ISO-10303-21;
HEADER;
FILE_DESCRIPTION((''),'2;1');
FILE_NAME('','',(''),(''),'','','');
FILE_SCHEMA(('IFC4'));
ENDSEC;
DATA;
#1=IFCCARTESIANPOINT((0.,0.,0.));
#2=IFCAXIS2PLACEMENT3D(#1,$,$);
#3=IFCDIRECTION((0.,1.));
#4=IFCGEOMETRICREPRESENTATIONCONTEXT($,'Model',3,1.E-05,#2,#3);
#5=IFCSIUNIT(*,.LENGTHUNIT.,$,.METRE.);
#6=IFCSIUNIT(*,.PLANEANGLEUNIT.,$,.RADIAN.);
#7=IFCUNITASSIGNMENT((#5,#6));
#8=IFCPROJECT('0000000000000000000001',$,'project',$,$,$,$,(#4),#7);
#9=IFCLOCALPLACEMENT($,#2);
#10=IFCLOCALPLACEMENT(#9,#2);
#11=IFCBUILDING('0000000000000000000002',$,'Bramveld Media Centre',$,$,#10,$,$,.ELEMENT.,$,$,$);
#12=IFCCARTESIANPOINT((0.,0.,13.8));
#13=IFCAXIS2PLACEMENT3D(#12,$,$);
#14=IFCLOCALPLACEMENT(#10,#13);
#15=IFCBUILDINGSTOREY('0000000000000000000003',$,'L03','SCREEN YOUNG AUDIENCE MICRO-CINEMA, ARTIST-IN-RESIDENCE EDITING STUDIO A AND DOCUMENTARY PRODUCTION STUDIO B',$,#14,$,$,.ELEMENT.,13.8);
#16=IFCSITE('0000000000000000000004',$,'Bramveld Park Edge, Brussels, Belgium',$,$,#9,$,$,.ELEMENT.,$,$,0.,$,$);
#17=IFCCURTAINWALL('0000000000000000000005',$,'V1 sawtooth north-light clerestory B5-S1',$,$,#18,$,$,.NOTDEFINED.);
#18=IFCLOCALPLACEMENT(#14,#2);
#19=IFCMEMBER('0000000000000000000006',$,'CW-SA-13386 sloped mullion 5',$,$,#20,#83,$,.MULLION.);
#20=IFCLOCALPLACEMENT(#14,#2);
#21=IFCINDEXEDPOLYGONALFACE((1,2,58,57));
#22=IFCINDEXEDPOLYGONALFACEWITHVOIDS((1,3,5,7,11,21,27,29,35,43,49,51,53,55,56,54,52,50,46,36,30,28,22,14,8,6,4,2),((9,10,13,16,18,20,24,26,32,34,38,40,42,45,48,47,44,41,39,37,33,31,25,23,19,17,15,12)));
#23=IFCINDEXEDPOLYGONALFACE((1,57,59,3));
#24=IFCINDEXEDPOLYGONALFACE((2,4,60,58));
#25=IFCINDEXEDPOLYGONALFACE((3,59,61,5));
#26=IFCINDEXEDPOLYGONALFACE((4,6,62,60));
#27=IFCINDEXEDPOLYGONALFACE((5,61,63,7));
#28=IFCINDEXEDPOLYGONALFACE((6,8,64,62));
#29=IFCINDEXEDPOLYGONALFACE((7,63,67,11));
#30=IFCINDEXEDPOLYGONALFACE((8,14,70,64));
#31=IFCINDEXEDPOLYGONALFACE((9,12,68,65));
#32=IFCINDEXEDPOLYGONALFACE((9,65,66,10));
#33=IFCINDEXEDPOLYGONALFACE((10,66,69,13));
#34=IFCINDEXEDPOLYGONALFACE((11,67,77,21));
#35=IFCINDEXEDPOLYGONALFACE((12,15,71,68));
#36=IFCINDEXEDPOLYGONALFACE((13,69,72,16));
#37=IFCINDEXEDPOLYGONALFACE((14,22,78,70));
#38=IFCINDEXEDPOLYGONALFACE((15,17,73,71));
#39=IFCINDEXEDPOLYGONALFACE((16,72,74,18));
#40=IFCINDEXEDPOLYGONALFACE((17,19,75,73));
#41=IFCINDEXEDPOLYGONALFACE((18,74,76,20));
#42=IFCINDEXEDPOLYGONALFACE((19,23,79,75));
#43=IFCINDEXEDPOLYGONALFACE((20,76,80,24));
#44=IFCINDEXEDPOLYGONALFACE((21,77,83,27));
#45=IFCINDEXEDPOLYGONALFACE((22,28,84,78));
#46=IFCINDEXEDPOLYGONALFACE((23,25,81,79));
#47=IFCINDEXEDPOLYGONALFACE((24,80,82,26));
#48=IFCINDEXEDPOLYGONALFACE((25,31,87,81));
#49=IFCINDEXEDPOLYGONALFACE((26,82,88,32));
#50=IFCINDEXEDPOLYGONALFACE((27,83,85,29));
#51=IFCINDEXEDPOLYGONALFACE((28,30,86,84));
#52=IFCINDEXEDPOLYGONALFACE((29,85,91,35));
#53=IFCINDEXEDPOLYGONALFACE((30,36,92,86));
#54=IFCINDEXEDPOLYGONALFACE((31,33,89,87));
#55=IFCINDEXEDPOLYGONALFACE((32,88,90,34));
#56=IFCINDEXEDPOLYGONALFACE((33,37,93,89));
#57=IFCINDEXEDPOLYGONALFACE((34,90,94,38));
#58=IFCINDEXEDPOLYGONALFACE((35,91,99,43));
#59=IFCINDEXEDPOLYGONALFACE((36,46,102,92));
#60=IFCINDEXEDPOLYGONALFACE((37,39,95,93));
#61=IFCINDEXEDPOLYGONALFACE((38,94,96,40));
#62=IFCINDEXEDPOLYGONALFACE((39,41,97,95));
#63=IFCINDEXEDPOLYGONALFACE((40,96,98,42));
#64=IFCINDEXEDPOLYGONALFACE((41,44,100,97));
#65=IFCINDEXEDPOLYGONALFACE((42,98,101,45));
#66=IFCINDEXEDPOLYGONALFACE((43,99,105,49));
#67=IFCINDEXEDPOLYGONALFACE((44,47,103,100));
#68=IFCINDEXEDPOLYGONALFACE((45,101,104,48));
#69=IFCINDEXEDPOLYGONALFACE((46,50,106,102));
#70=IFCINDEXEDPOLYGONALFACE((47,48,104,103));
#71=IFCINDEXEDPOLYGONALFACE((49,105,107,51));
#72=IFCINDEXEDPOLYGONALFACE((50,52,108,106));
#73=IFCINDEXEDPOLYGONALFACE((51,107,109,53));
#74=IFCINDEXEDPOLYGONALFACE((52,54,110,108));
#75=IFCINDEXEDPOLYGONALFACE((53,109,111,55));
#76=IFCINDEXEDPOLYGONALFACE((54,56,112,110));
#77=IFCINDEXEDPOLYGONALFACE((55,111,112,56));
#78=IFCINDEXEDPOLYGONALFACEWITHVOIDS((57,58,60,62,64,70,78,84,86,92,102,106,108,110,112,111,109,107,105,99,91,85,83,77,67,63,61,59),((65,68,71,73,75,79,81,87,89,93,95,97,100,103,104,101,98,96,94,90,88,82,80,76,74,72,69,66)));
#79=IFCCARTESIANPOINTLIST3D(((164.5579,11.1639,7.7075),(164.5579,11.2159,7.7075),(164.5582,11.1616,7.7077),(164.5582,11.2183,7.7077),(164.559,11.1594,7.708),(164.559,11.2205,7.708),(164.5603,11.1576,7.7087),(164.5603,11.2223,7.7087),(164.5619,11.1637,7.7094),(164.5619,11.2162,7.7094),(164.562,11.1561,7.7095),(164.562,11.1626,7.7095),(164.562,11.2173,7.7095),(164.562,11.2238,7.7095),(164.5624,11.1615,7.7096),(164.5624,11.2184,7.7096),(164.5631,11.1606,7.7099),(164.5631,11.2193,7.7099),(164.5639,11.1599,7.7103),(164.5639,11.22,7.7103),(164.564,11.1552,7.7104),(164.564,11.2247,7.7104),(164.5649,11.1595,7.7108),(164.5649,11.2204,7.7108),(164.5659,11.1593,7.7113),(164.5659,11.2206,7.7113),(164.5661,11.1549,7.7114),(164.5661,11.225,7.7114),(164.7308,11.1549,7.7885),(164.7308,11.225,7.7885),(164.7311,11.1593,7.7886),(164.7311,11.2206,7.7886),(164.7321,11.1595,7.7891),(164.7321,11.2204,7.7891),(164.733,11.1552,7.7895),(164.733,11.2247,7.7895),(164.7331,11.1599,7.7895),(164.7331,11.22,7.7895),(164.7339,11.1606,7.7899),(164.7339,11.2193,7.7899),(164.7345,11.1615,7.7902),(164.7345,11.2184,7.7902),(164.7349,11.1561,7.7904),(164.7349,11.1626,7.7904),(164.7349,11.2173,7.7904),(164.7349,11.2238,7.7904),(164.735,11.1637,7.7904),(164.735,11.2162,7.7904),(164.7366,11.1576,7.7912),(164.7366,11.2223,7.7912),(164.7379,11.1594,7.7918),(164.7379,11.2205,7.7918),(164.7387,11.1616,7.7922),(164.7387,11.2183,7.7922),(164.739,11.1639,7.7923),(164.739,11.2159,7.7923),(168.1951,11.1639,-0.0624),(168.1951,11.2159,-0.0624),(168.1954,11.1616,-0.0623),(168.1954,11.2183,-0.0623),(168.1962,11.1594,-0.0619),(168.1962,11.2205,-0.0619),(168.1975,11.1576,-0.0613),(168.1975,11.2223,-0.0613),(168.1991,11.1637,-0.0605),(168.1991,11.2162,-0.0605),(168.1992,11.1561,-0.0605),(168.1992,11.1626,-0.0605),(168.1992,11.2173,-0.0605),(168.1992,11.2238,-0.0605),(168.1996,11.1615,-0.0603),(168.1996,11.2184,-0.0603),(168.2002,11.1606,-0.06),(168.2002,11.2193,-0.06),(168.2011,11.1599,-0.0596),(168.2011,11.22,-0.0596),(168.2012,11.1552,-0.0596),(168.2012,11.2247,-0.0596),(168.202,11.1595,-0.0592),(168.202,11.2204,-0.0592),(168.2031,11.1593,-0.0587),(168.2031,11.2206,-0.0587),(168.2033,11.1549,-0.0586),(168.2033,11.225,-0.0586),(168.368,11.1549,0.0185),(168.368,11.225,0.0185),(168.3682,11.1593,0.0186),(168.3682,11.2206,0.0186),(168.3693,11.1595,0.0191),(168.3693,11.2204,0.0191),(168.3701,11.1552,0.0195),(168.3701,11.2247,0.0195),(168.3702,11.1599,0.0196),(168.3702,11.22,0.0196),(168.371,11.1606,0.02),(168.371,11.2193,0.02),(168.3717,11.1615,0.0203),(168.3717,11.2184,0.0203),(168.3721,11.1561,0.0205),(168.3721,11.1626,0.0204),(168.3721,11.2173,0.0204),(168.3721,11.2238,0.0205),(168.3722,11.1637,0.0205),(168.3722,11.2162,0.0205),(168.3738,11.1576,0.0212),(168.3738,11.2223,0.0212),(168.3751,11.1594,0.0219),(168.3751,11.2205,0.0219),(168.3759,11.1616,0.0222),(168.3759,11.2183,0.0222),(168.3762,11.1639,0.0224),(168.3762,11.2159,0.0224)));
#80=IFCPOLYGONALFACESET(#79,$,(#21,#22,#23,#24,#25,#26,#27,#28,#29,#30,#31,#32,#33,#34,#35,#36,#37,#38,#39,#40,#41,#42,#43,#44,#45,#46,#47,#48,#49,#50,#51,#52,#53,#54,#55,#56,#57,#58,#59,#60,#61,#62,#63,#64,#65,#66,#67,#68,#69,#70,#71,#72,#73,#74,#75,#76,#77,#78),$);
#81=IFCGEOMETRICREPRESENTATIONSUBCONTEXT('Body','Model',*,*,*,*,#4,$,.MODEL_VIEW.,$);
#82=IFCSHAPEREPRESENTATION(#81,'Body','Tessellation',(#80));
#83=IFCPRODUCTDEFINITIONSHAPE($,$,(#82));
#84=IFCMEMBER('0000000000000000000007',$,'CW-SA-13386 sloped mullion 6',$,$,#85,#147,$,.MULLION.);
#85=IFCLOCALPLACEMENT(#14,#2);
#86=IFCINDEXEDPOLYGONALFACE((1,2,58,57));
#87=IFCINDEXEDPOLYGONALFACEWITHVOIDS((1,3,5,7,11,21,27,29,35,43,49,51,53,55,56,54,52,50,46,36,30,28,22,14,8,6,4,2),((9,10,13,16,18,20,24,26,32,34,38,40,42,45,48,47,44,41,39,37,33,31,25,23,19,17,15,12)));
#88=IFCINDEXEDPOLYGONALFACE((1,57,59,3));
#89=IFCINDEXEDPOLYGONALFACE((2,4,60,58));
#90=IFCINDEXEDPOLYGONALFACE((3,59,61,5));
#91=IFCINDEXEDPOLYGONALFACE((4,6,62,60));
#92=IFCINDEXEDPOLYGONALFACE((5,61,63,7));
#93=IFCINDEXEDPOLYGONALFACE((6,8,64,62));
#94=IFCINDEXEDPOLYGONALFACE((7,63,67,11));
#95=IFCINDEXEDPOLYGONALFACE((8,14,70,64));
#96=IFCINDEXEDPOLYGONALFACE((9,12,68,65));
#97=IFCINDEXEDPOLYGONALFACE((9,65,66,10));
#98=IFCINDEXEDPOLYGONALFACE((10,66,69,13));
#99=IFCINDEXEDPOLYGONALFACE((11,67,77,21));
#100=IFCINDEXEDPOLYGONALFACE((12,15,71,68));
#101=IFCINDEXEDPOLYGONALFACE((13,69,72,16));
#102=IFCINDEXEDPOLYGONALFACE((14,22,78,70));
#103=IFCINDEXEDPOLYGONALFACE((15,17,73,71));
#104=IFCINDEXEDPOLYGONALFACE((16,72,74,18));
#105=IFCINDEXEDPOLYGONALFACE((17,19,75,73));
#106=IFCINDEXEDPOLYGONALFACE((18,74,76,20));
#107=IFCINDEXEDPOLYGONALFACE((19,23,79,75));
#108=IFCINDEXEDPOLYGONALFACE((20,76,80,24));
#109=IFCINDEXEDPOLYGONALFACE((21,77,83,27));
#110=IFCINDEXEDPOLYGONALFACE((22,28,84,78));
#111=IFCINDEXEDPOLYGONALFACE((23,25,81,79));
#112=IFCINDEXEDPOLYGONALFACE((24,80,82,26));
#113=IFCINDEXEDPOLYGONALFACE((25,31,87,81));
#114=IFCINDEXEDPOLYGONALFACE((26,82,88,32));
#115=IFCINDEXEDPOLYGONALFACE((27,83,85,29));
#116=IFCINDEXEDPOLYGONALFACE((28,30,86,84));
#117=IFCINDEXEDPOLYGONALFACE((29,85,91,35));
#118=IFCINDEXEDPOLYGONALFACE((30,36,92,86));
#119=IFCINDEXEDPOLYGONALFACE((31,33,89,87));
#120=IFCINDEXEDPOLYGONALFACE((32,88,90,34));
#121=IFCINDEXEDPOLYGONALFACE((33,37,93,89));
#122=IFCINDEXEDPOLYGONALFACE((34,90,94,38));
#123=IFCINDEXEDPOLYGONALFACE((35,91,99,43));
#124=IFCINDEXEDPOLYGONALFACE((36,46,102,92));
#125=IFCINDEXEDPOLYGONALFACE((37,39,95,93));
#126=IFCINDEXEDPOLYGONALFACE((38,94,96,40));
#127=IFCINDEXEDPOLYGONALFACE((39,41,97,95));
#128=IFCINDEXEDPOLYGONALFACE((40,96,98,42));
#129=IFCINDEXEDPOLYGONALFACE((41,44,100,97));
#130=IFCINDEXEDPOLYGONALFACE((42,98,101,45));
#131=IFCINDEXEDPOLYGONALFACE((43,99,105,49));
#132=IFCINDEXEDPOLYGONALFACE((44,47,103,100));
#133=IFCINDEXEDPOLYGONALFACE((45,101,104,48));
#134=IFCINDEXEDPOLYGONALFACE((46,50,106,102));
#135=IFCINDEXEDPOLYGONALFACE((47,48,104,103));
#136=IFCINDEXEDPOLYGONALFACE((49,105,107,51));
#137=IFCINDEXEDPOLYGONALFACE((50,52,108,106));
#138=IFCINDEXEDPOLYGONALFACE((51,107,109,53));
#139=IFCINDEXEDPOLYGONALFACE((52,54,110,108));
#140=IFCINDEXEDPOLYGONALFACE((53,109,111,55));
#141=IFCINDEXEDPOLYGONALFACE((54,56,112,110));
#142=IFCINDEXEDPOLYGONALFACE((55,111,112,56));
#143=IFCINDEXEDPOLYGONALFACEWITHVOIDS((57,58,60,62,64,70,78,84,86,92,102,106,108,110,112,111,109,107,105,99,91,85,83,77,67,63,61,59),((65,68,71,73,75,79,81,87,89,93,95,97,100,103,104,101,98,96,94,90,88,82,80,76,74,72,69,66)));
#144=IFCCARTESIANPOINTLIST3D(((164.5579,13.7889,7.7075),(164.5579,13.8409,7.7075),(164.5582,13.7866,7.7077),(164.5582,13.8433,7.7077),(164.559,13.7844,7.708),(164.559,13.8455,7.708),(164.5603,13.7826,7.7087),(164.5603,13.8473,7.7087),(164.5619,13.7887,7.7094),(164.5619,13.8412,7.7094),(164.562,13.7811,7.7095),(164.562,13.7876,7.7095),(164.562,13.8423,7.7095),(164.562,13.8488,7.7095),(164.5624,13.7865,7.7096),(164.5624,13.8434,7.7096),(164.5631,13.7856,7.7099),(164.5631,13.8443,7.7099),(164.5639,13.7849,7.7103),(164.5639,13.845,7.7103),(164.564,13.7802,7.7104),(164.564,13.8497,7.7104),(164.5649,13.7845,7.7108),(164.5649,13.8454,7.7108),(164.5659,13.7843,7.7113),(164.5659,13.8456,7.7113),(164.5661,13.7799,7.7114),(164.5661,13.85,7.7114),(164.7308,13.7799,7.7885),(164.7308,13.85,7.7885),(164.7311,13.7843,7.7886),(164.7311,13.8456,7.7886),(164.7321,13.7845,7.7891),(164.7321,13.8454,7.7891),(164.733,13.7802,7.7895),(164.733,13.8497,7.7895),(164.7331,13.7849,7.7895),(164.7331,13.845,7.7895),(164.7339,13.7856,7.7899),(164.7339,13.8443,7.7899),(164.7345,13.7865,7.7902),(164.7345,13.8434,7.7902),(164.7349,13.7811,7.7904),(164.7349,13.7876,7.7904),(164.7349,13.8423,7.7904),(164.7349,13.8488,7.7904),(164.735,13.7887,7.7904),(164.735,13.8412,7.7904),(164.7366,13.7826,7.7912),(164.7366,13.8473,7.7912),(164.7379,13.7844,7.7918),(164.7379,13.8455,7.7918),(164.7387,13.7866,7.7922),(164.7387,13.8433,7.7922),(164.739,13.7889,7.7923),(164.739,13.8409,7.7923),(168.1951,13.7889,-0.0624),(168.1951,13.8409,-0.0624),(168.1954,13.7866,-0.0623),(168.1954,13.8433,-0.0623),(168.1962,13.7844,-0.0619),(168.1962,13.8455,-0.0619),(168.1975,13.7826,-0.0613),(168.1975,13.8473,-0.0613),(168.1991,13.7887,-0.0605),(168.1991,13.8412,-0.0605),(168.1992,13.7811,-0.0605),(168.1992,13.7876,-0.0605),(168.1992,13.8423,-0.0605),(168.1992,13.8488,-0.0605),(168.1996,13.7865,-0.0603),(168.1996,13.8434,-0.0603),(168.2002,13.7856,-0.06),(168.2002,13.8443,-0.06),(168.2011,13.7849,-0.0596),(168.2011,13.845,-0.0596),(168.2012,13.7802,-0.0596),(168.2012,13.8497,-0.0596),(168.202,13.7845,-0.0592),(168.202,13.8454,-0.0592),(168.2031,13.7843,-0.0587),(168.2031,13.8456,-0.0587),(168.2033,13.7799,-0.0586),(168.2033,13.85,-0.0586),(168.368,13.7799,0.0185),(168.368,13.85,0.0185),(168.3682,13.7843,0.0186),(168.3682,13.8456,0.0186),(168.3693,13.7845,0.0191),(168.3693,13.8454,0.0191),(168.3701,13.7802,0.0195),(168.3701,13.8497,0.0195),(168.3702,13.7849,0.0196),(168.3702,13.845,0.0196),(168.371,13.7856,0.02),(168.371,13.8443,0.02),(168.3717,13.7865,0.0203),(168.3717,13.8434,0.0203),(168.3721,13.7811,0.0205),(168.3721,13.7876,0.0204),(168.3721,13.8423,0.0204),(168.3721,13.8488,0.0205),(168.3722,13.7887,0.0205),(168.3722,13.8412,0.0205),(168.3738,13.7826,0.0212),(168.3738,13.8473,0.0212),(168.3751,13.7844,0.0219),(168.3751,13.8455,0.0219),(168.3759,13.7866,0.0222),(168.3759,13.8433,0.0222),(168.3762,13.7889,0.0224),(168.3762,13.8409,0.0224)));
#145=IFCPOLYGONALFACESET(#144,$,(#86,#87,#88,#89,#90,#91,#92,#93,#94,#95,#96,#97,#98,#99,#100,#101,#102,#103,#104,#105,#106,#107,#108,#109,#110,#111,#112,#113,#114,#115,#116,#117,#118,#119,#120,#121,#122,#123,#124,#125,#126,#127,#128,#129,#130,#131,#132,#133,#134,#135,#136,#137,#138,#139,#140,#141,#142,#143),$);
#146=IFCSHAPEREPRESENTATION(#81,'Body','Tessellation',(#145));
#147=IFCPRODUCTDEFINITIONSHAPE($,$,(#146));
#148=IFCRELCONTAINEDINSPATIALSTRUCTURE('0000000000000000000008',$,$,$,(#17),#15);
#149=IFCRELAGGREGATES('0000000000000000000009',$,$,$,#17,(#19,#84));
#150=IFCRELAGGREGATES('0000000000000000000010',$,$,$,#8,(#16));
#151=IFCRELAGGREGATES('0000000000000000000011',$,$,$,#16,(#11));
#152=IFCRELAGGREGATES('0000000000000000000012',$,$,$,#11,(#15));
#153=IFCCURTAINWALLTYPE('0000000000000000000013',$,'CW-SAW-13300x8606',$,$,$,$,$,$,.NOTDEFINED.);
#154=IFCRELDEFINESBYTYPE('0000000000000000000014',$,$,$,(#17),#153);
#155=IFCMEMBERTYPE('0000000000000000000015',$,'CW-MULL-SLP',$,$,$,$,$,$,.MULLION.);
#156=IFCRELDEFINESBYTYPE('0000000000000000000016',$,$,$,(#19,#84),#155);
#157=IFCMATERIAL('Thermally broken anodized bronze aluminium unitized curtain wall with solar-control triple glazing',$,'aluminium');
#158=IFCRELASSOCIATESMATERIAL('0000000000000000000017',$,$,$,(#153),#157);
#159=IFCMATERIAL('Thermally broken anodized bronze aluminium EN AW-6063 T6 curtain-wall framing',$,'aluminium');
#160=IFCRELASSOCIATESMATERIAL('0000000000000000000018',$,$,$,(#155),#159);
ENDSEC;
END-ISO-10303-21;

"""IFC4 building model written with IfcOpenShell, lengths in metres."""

from ifc_helpers import new_model, si_unit, direction, frame, origin, origin_2d, place, context, subcontext, project, spatial, hollow_rectangle, extrude, material, material_profile, profile_set, type_object, element, aggregate, save


model = new_model("IFC4")

# Units and contexts
model_context = context("Model", 3, precision=1e-05, world=origin(), true_north=direction((0.0, 1.0)))
body_context = subcontext(model_context, "Body", "Model", "MODEL_VIEW")
ifc_project = project(units=[si_unit("LENGTHUNIT", "METRE"), si_unit("PLANEANGLEUNIT", "RADIAN")], contexts=[model_context])

# Site, building, storey
site_placement = place(None, origin())
site = spatial("IfcSite", under=ifc_project, at=site_placement, Name="Bramveld Park Edge, Brussels, Belgium", CompositionType="ELEMENT", RefElevation=0.0)
building_placement = place(site_placement, origin())
building = spatial("IfcBuilding", under=site, at=building_placement, Name="Bramveld Media Centre", CompositionType="ELEMENT")
storey_placement = place(building_placement, frame((0.0, 0.0, 13.8)))
storey = spatial("IfcBuildingStorey", under=building, at=storey_placement, Name="L03", Description="SCREEN YOUNG AUDIENCE MICRO-CINEMA, ARTIST-IN-RESIDENCE EDITING STUDIO A AND DOCUMENTARY PRODUCTION STUDIO B", CompositionType="ELEMENT", Elevation=13.8)

# Curtain wall, members
ifc_material_1 = material(Name="Thermally broken anodized bronze aluminium unitized curtain wall with solar-control triple glazing", Category="aluminium")
curtain_wall_type = type_object("IfcCurtainWallType", Name="CW-SAW-13300x8606", PredefinedType="NOTDEFINED", material=ifc_material_1)
ifc_material_2 = material(Name="Thermally broken anodized bronze aluminium EN AW-6063 T6 curtain-wall framing", Category="aluminium")
ifc_material_profile_1 = material_profile(ifc_material_2, hollow_rectangle(XDim=0.0701, YDim=0.2, WallThickness=0.0044, InnerFilletRadius=0.0044, OuterFilletRadius=0.009, at=origin_2d()), Name="AL-MULL 70x200")
ifc_profile_set_1 = profile_set([ifc_material_profile_1], Name="Thermally broken anodized bronze aluminium EN AW-6063 T6 curtain-wall framing")
member_type_1 = type_object("IfcMemberType", Name="CW-MULL-SLP", PredefinedType="MULLION", material=ifc_profile_set_1)
curtain_wall_1_placement = place(storey_placement, origin())
curtain_wall_1 = element("IfcCurtainWall", 1, at=curtain_wall_1_placement, inside=storey, type_object=curtain_wall_type, Name="V1 sawtooth north-light clerestory B5-S1", PredefinedType="NOTDEFINED")
member_1_placement = place(storey_placement, frame((168.2856, 11.1899, -0.02), z_axis=(-0.423957, 0.0, 0.905682), x_axis=(0.0, -1.0, 0.0)))
member_1 = element("IfcMember", 2, at=member_1_placement, type_object=member_type_1, Name="CW-SA-13386 sloped mullion 5", PredefinedType="MULLION", context=body_context, shape_type="SweptSolid", body=[
    extrude(hollow_rectangle(XDim=0.0701, YDim=0.2, WallThickness=0.0044, InnerFilletRadius=0.0044, OuterFilletRadius=0.009, at=origin_2d()), origin(), (0.0, 0.0, 1.0), 8.5791),
])
member_2_placement = place(storey_placement, frame((168.2856, 13.8149, -0.02), z_axis=(-0.423957, 0.0, 0.905682), x_axis=(0.0, -1.0, 0.0)))
member_2 = element("IfcMember", 3, at=member_2_placement, type_object=member_type_1, Name="CW-SA-13386 sloped mullion 6", PredefinedType="MULLION", context=body_context, shape_type="SweptSolid", body=[
    extrude(hollow_rectangle(XDim=0.0701, YDim=0.2, WallThickness=0.0044, InnerFilletRadius=0.0044, OuterFilletRadius=0.009, at=origin_2d()), origin(), (0.0, 0.0, 1.0), 8.5791),
])

aggregate(curtain_wall_1, [member_1, member_2])

save(model, "model.ifc")
